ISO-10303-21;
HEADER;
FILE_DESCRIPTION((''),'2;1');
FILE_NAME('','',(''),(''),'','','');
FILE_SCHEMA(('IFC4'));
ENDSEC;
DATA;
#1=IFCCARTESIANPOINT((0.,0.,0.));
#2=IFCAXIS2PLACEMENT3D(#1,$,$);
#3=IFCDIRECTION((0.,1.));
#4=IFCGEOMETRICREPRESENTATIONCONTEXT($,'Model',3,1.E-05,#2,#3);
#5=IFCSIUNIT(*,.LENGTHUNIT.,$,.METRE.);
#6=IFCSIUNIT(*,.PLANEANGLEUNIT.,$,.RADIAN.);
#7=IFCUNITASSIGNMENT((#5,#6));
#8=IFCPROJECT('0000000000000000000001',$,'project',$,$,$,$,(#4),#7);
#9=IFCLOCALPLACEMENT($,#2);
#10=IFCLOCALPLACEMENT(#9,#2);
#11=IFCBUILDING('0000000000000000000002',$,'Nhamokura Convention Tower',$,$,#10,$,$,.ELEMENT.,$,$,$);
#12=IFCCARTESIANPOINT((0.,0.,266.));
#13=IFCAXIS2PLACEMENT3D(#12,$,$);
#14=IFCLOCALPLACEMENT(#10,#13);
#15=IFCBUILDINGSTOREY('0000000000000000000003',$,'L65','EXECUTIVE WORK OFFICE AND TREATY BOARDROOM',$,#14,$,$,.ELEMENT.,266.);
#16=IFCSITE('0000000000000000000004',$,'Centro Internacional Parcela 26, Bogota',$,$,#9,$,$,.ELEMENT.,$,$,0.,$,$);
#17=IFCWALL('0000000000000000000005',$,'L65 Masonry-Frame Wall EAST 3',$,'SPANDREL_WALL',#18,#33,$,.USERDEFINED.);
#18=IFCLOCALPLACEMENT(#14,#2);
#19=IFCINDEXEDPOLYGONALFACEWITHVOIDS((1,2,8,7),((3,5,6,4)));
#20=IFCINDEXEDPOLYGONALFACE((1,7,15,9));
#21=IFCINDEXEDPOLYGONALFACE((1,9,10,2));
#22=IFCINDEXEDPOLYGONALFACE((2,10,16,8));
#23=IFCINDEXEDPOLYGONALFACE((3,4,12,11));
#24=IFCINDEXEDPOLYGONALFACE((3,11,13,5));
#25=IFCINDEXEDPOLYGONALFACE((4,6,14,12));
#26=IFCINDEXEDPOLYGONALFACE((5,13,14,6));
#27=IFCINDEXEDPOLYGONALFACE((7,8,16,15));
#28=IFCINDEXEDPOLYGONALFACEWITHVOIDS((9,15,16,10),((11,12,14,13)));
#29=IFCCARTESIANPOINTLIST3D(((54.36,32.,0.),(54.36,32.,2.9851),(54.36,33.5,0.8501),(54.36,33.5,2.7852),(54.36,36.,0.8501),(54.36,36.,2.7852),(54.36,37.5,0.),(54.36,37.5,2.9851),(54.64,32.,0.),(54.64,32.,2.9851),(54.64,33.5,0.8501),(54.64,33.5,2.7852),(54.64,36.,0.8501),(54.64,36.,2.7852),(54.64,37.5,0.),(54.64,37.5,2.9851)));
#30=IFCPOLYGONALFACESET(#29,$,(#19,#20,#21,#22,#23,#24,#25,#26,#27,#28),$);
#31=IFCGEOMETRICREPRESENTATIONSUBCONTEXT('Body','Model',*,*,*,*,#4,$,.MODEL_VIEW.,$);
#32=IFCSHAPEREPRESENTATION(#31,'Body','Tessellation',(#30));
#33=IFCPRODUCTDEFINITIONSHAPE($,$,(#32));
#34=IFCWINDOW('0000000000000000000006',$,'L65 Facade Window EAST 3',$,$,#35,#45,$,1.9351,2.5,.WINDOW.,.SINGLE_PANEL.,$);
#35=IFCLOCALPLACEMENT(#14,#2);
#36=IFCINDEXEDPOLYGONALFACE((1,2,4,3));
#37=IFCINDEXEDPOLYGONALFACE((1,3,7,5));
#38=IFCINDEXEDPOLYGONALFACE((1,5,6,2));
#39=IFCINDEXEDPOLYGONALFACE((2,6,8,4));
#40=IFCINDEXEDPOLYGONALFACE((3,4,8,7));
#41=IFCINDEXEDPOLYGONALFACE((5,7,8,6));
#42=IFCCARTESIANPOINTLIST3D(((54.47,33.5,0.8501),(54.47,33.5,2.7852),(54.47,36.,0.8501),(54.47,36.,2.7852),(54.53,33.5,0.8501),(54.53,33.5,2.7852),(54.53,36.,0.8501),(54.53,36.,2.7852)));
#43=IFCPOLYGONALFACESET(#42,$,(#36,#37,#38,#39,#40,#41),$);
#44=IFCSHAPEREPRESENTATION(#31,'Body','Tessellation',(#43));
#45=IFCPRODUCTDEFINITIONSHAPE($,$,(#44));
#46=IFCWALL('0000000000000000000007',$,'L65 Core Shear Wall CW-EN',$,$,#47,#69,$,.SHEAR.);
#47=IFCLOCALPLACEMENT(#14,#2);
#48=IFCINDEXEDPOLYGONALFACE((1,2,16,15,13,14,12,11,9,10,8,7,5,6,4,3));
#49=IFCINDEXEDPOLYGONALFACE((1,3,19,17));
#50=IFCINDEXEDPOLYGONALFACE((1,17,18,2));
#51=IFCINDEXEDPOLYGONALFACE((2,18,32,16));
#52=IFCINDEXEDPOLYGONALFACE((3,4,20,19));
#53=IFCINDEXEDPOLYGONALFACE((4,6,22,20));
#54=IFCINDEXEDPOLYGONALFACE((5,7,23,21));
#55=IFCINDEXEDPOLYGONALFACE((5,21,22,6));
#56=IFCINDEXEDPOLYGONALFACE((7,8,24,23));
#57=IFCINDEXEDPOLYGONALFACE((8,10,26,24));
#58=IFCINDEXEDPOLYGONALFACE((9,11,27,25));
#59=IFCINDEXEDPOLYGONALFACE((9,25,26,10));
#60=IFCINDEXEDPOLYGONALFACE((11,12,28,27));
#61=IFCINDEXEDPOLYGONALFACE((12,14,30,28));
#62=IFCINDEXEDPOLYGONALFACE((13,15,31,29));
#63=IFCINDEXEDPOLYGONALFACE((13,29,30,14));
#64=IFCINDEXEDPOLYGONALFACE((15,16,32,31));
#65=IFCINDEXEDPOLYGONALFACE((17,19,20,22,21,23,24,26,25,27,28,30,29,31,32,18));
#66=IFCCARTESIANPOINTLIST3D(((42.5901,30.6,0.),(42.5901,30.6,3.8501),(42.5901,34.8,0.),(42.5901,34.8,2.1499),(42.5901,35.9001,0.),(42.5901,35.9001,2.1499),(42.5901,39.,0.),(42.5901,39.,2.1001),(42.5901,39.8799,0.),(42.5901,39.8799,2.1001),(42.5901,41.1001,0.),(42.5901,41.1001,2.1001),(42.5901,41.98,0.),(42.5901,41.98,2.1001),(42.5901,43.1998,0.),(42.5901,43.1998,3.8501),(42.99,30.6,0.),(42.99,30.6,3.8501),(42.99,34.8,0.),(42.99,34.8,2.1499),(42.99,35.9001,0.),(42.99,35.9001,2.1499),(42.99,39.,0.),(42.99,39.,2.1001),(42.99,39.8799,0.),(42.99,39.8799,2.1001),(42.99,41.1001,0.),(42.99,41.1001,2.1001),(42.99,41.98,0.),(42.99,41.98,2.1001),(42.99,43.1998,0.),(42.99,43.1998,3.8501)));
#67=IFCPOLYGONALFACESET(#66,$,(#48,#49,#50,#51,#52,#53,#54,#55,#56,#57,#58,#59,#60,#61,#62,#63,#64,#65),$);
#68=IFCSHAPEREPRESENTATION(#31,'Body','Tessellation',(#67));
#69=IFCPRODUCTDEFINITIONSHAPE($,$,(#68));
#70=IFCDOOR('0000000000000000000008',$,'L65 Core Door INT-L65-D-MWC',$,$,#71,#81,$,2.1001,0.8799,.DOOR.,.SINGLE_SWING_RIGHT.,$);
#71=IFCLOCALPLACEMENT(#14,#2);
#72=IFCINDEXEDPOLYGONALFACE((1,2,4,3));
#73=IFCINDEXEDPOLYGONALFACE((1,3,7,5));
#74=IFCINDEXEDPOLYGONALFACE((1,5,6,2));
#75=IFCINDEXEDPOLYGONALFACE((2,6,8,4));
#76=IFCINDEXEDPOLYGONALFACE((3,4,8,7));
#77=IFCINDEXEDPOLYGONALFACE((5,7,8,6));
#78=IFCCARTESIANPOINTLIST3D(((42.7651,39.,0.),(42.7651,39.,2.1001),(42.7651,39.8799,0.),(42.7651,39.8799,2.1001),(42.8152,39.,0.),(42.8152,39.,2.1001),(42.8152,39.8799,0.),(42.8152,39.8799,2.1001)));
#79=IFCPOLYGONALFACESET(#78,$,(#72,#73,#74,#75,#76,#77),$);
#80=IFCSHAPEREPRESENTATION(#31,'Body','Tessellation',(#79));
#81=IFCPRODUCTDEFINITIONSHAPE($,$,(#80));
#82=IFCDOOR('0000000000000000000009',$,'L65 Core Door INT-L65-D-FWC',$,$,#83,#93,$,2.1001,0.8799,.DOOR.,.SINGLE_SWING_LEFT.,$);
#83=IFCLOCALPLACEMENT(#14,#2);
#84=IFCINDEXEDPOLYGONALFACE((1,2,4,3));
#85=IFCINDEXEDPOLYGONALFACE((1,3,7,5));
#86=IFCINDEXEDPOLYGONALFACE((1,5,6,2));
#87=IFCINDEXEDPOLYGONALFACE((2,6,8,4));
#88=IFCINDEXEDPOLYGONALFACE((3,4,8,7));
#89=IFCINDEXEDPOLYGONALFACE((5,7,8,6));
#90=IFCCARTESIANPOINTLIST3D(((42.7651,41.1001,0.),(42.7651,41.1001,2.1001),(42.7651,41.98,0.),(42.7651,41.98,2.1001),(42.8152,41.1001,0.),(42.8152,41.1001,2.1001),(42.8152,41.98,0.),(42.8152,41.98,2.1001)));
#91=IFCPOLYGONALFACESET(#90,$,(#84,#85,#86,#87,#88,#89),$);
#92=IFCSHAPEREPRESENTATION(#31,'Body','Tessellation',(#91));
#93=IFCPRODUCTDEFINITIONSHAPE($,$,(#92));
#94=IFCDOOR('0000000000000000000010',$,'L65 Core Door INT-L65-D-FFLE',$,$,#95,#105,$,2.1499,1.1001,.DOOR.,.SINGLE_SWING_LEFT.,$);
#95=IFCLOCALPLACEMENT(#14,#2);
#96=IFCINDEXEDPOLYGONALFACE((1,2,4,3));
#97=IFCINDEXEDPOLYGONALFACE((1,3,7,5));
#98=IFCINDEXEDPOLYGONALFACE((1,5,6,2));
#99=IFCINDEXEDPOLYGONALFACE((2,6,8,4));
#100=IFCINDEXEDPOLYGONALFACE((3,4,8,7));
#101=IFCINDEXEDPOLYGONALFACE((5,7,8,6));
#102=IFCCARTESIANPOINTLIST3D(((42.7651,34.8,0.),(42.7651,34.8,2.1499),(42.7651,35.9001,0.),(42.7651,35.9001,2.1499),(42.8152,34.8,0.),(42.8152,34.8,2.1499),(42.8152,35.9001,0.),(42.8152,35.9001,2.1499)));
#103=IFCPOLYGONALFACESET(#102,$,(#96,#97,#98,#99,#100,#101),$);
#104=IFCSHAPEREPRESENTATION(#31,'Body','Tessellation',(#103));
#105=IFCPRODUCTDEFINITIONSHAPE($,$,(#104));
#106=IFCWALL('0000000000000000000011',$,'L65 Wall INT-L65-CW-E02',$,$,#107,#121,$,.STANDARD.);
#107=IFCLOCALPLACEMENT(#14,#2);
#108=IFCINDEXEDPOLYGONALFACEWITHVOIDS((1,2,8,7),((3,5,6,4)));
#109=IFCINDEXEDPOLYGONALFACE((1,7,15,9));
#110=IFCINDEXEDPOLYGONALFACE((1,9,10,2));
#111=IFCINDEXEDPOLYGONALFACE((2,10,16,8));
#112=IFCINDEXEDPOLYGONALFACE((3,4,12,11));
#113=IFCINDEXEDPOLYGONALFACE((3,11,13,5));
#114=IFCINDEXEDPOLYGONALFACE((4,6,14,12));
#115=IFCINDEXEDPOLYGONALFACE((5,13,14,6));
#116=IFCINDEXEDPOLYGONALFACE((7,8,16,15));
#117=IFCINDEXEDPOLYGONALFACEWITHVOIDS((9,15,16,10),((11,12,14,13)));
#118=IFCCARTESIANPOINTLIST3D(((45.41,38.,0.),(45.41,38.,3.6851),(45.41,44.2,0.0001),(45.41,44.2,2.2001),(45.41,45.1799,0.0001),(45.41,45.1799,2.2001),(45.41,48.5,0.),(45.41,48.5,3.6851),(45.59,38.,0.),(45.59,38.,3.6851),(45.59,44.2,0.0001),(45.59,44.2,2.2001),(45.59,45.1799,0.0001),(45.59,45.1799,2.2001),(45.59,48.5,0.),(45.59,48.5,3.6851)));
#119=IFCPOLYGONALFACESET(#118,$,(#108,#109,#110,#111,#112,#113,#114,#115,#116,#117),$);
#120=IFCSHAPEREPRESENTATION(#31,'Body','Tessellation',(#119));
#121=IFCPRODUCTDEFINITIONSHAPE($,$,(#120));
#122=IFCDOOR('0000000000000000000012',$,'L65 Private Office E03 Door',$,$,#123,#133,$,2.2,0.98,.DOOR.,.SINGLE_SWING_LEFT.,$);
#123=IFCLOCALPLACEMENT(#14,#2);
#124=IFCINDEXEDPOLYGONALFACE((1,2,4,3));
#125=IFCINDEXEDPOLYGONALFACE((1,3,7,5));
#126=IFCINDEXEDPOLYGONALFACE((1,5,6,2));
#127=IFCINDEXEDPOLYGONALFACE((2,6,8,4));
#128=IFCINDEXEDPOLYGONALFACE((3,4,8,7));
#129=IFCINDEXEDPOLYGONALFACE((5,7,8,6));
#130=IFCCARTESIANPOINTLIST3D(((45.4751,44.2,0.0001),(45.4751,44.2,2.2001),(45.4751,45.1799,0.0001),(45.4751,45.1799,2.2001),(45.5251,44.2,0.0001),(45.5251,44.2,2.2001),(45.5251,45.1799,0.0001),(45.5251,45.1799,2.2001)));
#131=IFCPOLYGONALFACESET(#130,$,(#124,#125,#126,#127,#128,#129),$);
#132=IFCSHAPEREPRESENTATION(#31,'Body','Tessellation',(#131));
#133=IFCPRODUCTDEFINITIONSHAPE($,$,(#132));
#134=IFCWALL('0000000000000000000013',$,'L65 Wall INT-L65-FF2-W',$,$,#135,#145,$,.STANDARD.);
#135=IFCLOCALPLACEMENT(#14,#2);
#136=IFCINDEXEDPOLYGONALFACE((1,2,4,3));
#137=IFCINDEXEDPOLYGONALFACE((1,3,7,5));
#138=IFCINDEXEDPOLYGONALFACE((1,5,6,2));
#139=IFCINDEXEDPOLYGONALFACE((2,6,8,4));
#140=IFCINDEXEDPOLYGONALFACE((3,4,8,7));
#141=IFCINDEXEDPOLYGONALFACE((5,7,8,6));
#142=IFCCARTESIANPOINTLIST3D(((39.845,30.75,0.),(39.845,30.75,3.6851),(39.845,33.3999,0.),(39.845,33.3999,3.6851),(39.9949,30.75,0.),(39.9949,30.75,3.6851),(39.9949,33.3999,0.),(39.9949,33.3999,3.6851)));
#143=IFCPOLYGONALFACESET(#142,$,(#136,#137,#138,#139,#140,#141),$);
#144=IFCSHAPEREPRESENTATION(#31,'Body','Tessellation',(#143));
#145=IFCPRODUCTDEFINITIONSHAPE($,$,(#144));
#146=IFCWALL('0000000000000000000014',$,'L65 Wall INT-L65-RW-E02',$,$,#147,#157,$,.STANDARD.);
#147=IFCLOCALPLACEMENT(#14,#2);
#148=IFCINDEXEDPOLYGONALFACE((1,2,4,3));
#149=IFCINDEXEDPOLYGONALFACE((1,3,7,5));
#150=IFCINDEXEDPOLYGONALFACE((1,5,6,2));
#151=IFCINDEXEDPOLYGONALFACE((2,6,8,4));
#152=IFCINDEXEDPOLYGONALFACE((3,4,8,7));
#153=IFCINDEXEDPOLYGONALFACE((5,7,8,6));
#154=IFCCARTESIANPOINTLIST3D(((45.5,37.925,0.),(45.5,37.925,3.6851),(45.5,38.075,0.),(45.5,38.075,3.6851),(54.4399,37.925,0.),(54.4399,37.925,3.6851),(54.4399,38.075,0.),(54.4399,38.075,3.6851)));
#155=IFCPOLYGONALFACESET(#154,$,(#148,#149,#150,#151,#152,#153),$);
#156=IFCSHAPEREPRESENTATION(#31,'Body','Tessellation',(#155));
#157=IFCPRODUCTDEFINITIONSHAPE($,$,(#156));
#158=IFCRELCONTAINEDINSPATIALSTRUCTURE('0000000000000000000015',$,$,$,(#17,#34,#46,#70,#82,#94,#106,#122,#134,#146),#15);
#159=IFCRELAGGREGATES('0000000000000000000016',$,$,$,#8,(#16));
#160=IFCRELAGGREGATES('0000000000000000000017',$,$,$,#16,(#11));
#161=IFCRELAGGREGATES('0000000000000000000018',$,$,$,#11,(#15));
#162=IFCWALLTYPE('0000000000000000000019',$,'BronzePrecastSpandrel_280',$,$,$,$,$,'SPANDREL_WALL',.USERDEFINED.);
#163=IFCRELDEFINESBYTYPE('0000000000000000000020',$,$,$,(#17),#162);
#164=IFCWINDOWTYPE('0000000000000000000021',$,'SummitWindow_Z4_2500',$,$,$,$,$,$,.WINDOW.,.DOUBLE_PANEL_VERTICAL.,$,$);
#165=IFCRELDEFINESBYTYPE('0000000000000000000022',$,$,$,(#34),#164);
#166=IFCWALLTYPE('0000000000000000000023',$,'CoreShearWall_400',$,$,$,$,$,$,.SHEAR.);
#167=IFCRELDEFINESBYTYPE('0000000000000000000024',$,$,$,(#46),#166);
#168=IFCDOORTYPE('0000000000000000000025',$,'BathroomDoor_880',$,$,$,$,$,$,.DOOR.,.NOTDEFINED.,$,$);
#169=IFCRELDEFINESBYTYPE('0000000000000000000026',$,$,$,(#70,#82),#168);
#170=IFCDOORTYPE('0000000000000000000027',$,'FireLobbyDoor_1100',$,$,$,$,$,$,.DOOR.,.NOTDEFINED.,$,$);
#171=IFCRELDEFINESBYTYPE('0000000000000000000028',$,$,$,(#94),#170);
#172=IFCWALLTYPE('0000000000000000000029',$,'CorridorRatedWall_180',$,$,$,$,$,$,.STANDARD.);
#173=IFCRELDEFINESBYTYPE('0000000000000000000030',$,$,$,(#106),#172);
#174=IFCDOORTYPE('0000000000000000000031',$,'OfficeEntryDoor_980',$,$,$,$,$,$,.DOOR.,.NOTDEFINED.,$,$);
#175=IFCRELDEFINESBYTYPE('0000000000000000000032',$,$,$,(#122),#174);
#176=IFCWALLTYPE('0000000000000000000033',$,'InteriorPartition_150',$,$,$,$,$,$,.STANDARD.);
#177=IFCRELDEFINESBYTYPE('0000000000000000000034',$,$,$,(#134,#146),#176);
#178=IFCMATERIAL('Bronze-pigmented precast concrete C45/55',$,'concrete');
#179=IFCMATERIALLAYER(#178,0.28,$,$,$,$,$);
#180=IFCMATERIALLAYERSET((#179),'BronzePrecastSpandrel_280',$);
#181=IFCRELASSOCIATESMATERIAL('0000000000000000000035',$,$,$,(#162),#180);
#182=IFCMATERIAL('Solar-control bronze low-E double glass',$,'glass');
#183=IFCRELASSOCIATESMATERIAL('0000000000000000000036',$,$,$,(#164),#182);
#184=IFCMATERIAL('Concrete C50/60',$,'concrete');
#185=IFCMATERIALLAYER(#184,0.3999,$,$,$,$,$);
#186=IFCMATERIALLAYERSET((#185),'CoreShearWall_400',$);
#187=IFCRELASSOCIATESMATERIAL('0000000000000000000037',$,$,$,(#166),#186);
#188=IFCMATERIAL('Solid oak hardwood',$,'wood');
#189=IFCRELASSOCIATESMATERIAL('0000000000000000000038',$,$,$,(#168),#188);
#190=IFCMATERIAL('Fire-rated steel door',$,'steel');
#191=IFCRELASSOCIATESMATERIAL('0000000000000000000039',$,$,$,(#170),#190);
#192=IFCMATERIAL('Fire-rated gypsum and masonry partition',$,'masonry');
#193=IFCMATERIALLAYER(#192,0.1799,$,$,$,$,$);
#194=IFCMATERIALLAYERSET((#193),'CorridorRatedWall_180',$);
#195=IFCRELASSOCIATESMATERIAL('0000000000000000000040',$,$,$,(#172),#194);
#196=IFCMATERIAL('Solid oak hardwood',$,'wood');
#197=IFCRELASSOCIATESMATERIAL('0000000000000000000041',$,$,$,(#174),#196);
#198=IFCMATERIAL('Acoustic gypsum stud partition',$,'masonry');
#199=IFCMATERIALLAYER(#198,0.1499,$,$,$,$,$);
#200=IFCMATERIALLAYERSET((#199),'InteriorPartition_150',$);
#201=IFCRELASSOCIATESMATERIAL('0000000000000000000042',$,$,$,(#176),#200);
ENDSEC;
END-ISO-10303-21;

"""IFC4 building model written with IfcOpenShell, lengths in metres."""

from ifc_helpers import new_model, si_unit, direction, frame, frame_2d, origin, place, context, subcontext, project, spatial, rectangle, extrude, material, layer, layer_set, type_object, element, fill, save


model = new_model("IFC4")

# Units and contexts
model_context = context("Model", 3, precision=1e-05, world=origin(), true_north=direction((0.0, 1.0)))
body_context = subcontext(model_context, "Body", "Model", "MODEL_VIEW")
ifc_project = project(units=[si_unit("LENGTHUNIT", "METRE"), si_unit("PLANEANGLEUNIT", "RADIAN")], contexts=[model_context])

# Site, building, storey
site_placement = place(None, origin())
site = spatial("IfcSite", under=ifc_project, at=site_placement, Name="Centro Internacional Parcela 26, Bogota", CompositionType="ELEMENT", RefElevation=0.0)
building_placement = place(site_placement, origin())
building = spatial("IfcBuilding", under=site, at=building_placement, Name="Nhamokura Convention Tower", CompositionType="ELEMENT")
storey_placement = place(building_placement, frame((0.0, 0.0, 266.0)))
storey = spatial("IfcBuildingStorey", under=building, at=storey_placement, Name="L65", Description="EXECUTIVE WORK OFFICE AND TREATY BOARDROOM", CompositionType="ELEMENT", Elevation=266.0)

# Wall, opening, window
ifc_material_1 = material(Name="Bronze-pigmented precast concrete C45/55", Category="concrete")
ifc_layer_1 = layer(ifc_material_1, 0.28)
ifc_layer_set_1 = layer_set([ifc_layer_1], Name="BronzePrecastSpandrel_280")
wall_type_1 = type_object("IfcWallType", Name="BronzePrecastSpandrel_280", ElementType="SPANDREL_WALL", PredefinedType="USERDEFINED", material=ifc_layer_set_1)
ifc_material_2 = material(Name="Solar-control bronze low-E double glass", Category="glass")
window_type = type_object("IfcWindowType", Name="SummitWindow_Z4_2500", PartitioningType="DOUBLE_PANEL_VERTICAL", PredefinedType="WINDOW", material=ifc_material_2)
wall_1_placement = place(storey_placement, frame((54.5, 37.5, 0.0), z_axis=(0.0, 0.0, 1.0), x_axis=(0.0, -1.0, 0.0)))
wall_1 = element("IfcWall", 1, at=wall_1_placement, inside=storey, type_object=wall_type_1, Name="L65 Masonry-Frame Wall EAST 3", ObjectType="SPANDREL_WALL", PredefinedType="USERDEFINED", context=body_context, shape_type="SweptSolid", body=[
    extrude(rectangle(XDim=5.5, YDim=0.28, at=frame_2d((2.75, 0.0))), origin(), (0.0, 0.0, 1.0), 2.9851),
])
opening_1_placement = place(wall_1_placement, frame((1.5, 0.0, 0.8501)))
opening_1 = element("IfcOpeningElement", 2, at=opening_1_placement, cuts=wall_1, PredefinedType="OPENING", context=body_context, shape_type="SweptSolid", body=[
    extrude(rectangle(XDim=2.5, YDim=1.9351, at=frame_2d((1.25, 0.9675))), frame((0.0, 0.1499, 0.0), z_axis=(0.0, -1.0, 0.0), x_axis=(1.0, 0.0, 0.0)), (0.0, 0.0, 1.0), 0.3),
])
window_1_placement = place(opening_1_placement, origin())
window_1 = element("IfcWindow", 3, at=window_1_placement, inside=storey, type_object=window_type, Name="L65 Facade Window EAST 3", OverallHeight=1.9351, OverallWidth=2.5, PartitioningType="SINGLE_PANEL", PredefinedType="WINDOW", context=body_context, shape_type="SweptSolid", body=[
    extrude(rectangle(XDim=2.5, YDim=1.9351, at=frame_2d((1.25, 0.9675))), frame((0.0, 0.03, 0.0), z_axis=(0.0, -1.0, 0.0), x_axis=(1.0, 0.0, 0.0)), (0.0, 0.0, 1.0), 0.0601),
])
fill(opening_1, window_1)

# Wall, openings, doors
ifc_material_3 = material(Name="Concrete C50/60", Category="concrete")
ifc_layer_2 = layer(ifc_material_3, 0.3999)
ifc_layer_set_2 = layer_set([ifc_layer_2], Name="CoreShearWall_400")
wall_type_2 = type_object("IfcWallType", Name="CoreShearWall_400", PredefinedType="SHEAR", material=ifc_layer_set_2)
wall_2_placement = place(storey_placement, frame((42.79, 30.6001, 0.0), z_axis=(0.0, 0.0, 1.0), x_axis=(0.0, 1.0, 0.0)))
wall_2 = element("IfcWall", 4, at=wall_2_placement, inside=storey, type_object=wall_type_2, Name="L65 Core Shear Wall CW-EN", PredefinedType="SHEAR", context=body_context, shape_type="SweptSolid", body=[
    extrude(rectangle(XDim=12.5999, YDim=0.3999, at=frame_2d((6.2998, 0.0))), origin(), (0.0, 0.0, 1.0), 3.8501),
])
opening_2_placement = place(wall_2_placement, frame((4.2, 0.0, 0.0)))
opening_2 = element("IfcOpeningElement", 5, at=opening_2_placement, cuts=wall_2, PredefinedType="OPENING", context=body_context, shape_type="SweptSolid", body=[
    extrude(rectangle(XDim=1.1001, YDim=2.1499, at=frame_2d((0.55, 1.075))), frame((0.0, 0.21, 0.0), z_axis=(0.0, -1.0, 0.0), x_axis=(1.0, 0.0, 0.0)), (0.0, 0.0, 1.0), 0.4199),
])
opening_3_placement = place(wall_2_placement, frame((8.3999, 0.0, 0.0)))
opening_3 = element("IfcOpeningElement", 6, at=opening_3_placement, cuts=wall_2, PredefinedType="OPENING", context=body_context, shape_type="SweptSolid", body=[
    extrude(rectangle(XDim=0.8799, YDim=2.1001, at=frame_2d((0.4399, 1.05))), frame((0.0, 0.21, 0.0), z_axis=(0.0, -1.0, 0.0), x_axis=(1.0, 0.0, 0.0)), (0.0, 0.0, 1.0), 0.4199),
])
opening_4_placement = place(wall_2_placement, frame((10.5, 0.0, 0.0)))
opening_4 = element("IfcOpeningElement", 7, at=opening_4_placement, cuts=wall_2, PredefinedType="OPENING", context=body_context, shape_type="SweptSolid", body=[
    extrude(rectangle(XDim=0.8799, YDim=2.1001, at=frame_2d((0.4399, 1.05))), frame((0.0, 0.21, 0.0), z_axis=(0.0, -1.0, 0.0), x_axis=(1.0, 0.0, 0.0)), (0.0, 0.0, 1.0), 0.4199),
])
ifc_material_4 = material(Name="Solid oak hardwood", Category="wood")
door_type_1 = type_object("IfcDoorType", Name="BathroomDoor_880", OperationType="NOTDEFINED", PredefinedType="DOOR", material=ifc_material_4)
door_1_placement = place(opening_3_placement, origin())
door_1 = element("IfcDoor", 8, at=door_1_placement, inside=storey, type_object=door_type_1, Name="L65 Core Door INT-L65-D-MWC", OperationType="SINGLE_SWING_RIGHT", OverallHeight=2.1001, OverallWidth=0.8799, PredefinedType="DOOR", context=body_context, shape_type="SweptSolid", body=[
    extrude(rectangle(XDim=0.8799, YDim=2.1001, at=frame_2d((0.4399, 1.05))), frame((0.0, 0.0249, 0.0), z_axis=(0.0, -1.0, 0.0), x_axis=(1.0, 0.0, 0.0)), (0.0, 0.0, 1.0), 0.05),
])
fill(opening_3, door_1)
door_2_placement = place(opening_4_placement, origin())
door_2 = element("IfcDoor", 9, at=door_2_placement, inside=storey, type_object=door_type_1, Name="L65 Core Door INT-L65-D-FWC", OperationType="SINGLE_SWING_LEFT", OverallHeight=2.1001, OverallWidth=0.8799, PredefinedType="DOOR", context=body_context, shape_type="SweptSolid", body=[
    extrude(rectangle(XDim=0.8799, YDim=2.1001, at=frame_2d((0.4399, 1.05))), frame((0.0, 0.0249, 0.0), z_axis=(0.0, -1.0, 0.0), x_axis=(1.0, 0.0, 0.0)), (0.0, 0.0, 1.0), 0.05),
])
fill(opening_4, door_2)
ifc_material_5 = material(Name="Fire-rated steel door", Category="steel")
door_type_2 = type_object("IfcDoorType", Name="FireLobbyDoor_1100", OperationType="NOTDEFINED", PredefinedType="DOOR", material=ifc_material_5)
door_3_placement = place(opening_2_placement, origin())
door_3 = element("IfcDoor", 10, at=door_3_placement, inside=storey, type_object=door_type_2, Name="L65 Core Door INT-L65-D-FFLE", OperationType="SINGLE_SWING_LEFT", OverallHeight=2.1499, OverallWidth=1.1001, PredefinedType="DOOR", context=body_context, shape_type="SweptSolid", body=[
    extrude(rectangle(XDim=1.1001, YDim=2.1499, at=frame_2d((0.55, 1.075))), frame((0.0, 0.0249, 0.0), z_axis=(0.0, -1.0, 0.0), x_axis=(1.0, 0.0, 0.0)), (0.0, 0.0, 1.0), 0.05),
])
fill(opening_2, door_3)

# Wall, opening, door
ifc_material_6 = material(Name="Fire-rated gypsum and masonry partition", Category="masonry")
ifc_layer_3 = layer(ifc_material_6, 0.1799)
ifc_layer_set_3 = layer_set([ifc_layer_3], Name="CorridorRatedWall_180")
wall_type_3 = type_object("IfcWallType", Name="CorridorRatedWall_180", PredefinedType="STANDARD", material=ifc_layer_set_3)
wall_3_placement = place(storey_placement, frame((45.5, 38.0, 0.0), z_axis=(0.0, 0.0, 1.0), x_axis=(0.0, 1.0, 0.0)))
wall_3 = element("IfcWall", 11, at=wall_3_placement, inside=storey, type_object=wall_type_3, Name="L65 Wall INT-L65-CW-E02", PredefinedType="STANDARD", context=body_context, shape_type="SweptSolid", body=[
    extrude(rectangle(XDim=10.5, YDim=0.1799, at=frame_2d((5.25, 0.0))), origin(), (0.0, 0.0, 1.0), 3.6851),
])
opening_5_placement = place(wall_3_placement, frame((6.2, 0.0, 0.0)))
opening_5 = element("IfcOpeningElement", 12, at=opening_5_placement, cuts=wall_3, PredefinedType="OPENING", context=body_context, shape_type="SweptSolid", body=[
    extrude(rectangle(XDim=0.98, YDim=2.2, at=frame_2d((0.49, 1.1001))), frame((0.0, 0.0999, 0.0), z_axis=(0.0, -1.0, 0.0), x_axis=(1.0, 0.0, 0.0)), (0.0, 0.0, 1.0), 0.2),
])
ifc_material_7 = material(Name="Solid oak hardwood", Category="wood")
door_type_3 = type_object("IfcDoorType", Name="OfficeEntryDoor_980", OperationType="NOTDEFINED", PredefinedType="DOOR", material=ifc_material_7)
door_4_placement = place(opening_5_placement, origin())
door_4 = element("IfcDoor", 13, at=door_4_placement, inside=storey, type_object=door_type_3, Name="L65 Private Office E03 Door", OperationType="SINGLE_SWING_LEFT", OverallHeight=2.2, OverallWidth=0.98, PredefinedType="DOOR", context=body_context, shape_type="SweptSolid", body=[
    extrude(rectangle(XDim=0.98, YDim=2.2, at=frame_2d((0.49, 1.1001))), frame((0.0, 0.0249, 0.0), z_axis=(0.0, -1.0, 0.0), x_axis=(1.0, 0.0, 0.0)), (0.0, 0.0, 1.0), 0.05),
])
fill(opening_5, door_4)

# Walls
ifc_material_8 = material(Name="Acoustic gypsum stud partition", Category="masonry")
ifc_layer_4 = layer(ifc_material_8, 0.1499)
ifc_layer_set_4 = layer_set([ifc_layer_4], Name="InteriorPartition_150")
wall_type_4 = type_object("IfcWallType", Name="InteriorPartition_150", PredefinedType="STANDARD", material=ifc_layer_set_4)
wall_4_placement = place(storey_placement, frame((39.9199, 30.75, 0.0), z_axis=(0.0, 0.0, 1.0), x_axis=(0.0, 1.0, 0.0)))
element("IfcWall", 14, at=wall_4_placement, inside=storey, type_object=wall_type_4, Name="L65 Wall INT-L65-FF2-W", PredefinedType="STANDARD", context=body_context, shape_type="SweptSolid", body=[
    extrude(rectangle(XDim=2.6499, YDim=0.1499, at=frame_2d((1.325, 0.0))), origin(), (0.0, 0.0, 1.0), 3.6851),
])
wall_5_placement = place(storey_placement, frame((45.5, 38.0, 0.0), z_axis=(0.0, 0.0, 1.0), x_axis=(1.0, 0.0, 0.0)))
element("IfcWall", 15, at=wall_5_placement, inside=storey, type_object=wall_type_4, Name="L65 Wall INT-L65-RW-E02", PredefinedType="STANDARD", context=body_context, shape_type="SweptSolid", body=[
    extrude(rectangle(XDim=8.9399, YDim=0.1499, at=frame_2d((4.47, 0.0))), origin(), (0.0, 0.0, 1.0), 3.6851),
])

save(model, "model.ifc")
